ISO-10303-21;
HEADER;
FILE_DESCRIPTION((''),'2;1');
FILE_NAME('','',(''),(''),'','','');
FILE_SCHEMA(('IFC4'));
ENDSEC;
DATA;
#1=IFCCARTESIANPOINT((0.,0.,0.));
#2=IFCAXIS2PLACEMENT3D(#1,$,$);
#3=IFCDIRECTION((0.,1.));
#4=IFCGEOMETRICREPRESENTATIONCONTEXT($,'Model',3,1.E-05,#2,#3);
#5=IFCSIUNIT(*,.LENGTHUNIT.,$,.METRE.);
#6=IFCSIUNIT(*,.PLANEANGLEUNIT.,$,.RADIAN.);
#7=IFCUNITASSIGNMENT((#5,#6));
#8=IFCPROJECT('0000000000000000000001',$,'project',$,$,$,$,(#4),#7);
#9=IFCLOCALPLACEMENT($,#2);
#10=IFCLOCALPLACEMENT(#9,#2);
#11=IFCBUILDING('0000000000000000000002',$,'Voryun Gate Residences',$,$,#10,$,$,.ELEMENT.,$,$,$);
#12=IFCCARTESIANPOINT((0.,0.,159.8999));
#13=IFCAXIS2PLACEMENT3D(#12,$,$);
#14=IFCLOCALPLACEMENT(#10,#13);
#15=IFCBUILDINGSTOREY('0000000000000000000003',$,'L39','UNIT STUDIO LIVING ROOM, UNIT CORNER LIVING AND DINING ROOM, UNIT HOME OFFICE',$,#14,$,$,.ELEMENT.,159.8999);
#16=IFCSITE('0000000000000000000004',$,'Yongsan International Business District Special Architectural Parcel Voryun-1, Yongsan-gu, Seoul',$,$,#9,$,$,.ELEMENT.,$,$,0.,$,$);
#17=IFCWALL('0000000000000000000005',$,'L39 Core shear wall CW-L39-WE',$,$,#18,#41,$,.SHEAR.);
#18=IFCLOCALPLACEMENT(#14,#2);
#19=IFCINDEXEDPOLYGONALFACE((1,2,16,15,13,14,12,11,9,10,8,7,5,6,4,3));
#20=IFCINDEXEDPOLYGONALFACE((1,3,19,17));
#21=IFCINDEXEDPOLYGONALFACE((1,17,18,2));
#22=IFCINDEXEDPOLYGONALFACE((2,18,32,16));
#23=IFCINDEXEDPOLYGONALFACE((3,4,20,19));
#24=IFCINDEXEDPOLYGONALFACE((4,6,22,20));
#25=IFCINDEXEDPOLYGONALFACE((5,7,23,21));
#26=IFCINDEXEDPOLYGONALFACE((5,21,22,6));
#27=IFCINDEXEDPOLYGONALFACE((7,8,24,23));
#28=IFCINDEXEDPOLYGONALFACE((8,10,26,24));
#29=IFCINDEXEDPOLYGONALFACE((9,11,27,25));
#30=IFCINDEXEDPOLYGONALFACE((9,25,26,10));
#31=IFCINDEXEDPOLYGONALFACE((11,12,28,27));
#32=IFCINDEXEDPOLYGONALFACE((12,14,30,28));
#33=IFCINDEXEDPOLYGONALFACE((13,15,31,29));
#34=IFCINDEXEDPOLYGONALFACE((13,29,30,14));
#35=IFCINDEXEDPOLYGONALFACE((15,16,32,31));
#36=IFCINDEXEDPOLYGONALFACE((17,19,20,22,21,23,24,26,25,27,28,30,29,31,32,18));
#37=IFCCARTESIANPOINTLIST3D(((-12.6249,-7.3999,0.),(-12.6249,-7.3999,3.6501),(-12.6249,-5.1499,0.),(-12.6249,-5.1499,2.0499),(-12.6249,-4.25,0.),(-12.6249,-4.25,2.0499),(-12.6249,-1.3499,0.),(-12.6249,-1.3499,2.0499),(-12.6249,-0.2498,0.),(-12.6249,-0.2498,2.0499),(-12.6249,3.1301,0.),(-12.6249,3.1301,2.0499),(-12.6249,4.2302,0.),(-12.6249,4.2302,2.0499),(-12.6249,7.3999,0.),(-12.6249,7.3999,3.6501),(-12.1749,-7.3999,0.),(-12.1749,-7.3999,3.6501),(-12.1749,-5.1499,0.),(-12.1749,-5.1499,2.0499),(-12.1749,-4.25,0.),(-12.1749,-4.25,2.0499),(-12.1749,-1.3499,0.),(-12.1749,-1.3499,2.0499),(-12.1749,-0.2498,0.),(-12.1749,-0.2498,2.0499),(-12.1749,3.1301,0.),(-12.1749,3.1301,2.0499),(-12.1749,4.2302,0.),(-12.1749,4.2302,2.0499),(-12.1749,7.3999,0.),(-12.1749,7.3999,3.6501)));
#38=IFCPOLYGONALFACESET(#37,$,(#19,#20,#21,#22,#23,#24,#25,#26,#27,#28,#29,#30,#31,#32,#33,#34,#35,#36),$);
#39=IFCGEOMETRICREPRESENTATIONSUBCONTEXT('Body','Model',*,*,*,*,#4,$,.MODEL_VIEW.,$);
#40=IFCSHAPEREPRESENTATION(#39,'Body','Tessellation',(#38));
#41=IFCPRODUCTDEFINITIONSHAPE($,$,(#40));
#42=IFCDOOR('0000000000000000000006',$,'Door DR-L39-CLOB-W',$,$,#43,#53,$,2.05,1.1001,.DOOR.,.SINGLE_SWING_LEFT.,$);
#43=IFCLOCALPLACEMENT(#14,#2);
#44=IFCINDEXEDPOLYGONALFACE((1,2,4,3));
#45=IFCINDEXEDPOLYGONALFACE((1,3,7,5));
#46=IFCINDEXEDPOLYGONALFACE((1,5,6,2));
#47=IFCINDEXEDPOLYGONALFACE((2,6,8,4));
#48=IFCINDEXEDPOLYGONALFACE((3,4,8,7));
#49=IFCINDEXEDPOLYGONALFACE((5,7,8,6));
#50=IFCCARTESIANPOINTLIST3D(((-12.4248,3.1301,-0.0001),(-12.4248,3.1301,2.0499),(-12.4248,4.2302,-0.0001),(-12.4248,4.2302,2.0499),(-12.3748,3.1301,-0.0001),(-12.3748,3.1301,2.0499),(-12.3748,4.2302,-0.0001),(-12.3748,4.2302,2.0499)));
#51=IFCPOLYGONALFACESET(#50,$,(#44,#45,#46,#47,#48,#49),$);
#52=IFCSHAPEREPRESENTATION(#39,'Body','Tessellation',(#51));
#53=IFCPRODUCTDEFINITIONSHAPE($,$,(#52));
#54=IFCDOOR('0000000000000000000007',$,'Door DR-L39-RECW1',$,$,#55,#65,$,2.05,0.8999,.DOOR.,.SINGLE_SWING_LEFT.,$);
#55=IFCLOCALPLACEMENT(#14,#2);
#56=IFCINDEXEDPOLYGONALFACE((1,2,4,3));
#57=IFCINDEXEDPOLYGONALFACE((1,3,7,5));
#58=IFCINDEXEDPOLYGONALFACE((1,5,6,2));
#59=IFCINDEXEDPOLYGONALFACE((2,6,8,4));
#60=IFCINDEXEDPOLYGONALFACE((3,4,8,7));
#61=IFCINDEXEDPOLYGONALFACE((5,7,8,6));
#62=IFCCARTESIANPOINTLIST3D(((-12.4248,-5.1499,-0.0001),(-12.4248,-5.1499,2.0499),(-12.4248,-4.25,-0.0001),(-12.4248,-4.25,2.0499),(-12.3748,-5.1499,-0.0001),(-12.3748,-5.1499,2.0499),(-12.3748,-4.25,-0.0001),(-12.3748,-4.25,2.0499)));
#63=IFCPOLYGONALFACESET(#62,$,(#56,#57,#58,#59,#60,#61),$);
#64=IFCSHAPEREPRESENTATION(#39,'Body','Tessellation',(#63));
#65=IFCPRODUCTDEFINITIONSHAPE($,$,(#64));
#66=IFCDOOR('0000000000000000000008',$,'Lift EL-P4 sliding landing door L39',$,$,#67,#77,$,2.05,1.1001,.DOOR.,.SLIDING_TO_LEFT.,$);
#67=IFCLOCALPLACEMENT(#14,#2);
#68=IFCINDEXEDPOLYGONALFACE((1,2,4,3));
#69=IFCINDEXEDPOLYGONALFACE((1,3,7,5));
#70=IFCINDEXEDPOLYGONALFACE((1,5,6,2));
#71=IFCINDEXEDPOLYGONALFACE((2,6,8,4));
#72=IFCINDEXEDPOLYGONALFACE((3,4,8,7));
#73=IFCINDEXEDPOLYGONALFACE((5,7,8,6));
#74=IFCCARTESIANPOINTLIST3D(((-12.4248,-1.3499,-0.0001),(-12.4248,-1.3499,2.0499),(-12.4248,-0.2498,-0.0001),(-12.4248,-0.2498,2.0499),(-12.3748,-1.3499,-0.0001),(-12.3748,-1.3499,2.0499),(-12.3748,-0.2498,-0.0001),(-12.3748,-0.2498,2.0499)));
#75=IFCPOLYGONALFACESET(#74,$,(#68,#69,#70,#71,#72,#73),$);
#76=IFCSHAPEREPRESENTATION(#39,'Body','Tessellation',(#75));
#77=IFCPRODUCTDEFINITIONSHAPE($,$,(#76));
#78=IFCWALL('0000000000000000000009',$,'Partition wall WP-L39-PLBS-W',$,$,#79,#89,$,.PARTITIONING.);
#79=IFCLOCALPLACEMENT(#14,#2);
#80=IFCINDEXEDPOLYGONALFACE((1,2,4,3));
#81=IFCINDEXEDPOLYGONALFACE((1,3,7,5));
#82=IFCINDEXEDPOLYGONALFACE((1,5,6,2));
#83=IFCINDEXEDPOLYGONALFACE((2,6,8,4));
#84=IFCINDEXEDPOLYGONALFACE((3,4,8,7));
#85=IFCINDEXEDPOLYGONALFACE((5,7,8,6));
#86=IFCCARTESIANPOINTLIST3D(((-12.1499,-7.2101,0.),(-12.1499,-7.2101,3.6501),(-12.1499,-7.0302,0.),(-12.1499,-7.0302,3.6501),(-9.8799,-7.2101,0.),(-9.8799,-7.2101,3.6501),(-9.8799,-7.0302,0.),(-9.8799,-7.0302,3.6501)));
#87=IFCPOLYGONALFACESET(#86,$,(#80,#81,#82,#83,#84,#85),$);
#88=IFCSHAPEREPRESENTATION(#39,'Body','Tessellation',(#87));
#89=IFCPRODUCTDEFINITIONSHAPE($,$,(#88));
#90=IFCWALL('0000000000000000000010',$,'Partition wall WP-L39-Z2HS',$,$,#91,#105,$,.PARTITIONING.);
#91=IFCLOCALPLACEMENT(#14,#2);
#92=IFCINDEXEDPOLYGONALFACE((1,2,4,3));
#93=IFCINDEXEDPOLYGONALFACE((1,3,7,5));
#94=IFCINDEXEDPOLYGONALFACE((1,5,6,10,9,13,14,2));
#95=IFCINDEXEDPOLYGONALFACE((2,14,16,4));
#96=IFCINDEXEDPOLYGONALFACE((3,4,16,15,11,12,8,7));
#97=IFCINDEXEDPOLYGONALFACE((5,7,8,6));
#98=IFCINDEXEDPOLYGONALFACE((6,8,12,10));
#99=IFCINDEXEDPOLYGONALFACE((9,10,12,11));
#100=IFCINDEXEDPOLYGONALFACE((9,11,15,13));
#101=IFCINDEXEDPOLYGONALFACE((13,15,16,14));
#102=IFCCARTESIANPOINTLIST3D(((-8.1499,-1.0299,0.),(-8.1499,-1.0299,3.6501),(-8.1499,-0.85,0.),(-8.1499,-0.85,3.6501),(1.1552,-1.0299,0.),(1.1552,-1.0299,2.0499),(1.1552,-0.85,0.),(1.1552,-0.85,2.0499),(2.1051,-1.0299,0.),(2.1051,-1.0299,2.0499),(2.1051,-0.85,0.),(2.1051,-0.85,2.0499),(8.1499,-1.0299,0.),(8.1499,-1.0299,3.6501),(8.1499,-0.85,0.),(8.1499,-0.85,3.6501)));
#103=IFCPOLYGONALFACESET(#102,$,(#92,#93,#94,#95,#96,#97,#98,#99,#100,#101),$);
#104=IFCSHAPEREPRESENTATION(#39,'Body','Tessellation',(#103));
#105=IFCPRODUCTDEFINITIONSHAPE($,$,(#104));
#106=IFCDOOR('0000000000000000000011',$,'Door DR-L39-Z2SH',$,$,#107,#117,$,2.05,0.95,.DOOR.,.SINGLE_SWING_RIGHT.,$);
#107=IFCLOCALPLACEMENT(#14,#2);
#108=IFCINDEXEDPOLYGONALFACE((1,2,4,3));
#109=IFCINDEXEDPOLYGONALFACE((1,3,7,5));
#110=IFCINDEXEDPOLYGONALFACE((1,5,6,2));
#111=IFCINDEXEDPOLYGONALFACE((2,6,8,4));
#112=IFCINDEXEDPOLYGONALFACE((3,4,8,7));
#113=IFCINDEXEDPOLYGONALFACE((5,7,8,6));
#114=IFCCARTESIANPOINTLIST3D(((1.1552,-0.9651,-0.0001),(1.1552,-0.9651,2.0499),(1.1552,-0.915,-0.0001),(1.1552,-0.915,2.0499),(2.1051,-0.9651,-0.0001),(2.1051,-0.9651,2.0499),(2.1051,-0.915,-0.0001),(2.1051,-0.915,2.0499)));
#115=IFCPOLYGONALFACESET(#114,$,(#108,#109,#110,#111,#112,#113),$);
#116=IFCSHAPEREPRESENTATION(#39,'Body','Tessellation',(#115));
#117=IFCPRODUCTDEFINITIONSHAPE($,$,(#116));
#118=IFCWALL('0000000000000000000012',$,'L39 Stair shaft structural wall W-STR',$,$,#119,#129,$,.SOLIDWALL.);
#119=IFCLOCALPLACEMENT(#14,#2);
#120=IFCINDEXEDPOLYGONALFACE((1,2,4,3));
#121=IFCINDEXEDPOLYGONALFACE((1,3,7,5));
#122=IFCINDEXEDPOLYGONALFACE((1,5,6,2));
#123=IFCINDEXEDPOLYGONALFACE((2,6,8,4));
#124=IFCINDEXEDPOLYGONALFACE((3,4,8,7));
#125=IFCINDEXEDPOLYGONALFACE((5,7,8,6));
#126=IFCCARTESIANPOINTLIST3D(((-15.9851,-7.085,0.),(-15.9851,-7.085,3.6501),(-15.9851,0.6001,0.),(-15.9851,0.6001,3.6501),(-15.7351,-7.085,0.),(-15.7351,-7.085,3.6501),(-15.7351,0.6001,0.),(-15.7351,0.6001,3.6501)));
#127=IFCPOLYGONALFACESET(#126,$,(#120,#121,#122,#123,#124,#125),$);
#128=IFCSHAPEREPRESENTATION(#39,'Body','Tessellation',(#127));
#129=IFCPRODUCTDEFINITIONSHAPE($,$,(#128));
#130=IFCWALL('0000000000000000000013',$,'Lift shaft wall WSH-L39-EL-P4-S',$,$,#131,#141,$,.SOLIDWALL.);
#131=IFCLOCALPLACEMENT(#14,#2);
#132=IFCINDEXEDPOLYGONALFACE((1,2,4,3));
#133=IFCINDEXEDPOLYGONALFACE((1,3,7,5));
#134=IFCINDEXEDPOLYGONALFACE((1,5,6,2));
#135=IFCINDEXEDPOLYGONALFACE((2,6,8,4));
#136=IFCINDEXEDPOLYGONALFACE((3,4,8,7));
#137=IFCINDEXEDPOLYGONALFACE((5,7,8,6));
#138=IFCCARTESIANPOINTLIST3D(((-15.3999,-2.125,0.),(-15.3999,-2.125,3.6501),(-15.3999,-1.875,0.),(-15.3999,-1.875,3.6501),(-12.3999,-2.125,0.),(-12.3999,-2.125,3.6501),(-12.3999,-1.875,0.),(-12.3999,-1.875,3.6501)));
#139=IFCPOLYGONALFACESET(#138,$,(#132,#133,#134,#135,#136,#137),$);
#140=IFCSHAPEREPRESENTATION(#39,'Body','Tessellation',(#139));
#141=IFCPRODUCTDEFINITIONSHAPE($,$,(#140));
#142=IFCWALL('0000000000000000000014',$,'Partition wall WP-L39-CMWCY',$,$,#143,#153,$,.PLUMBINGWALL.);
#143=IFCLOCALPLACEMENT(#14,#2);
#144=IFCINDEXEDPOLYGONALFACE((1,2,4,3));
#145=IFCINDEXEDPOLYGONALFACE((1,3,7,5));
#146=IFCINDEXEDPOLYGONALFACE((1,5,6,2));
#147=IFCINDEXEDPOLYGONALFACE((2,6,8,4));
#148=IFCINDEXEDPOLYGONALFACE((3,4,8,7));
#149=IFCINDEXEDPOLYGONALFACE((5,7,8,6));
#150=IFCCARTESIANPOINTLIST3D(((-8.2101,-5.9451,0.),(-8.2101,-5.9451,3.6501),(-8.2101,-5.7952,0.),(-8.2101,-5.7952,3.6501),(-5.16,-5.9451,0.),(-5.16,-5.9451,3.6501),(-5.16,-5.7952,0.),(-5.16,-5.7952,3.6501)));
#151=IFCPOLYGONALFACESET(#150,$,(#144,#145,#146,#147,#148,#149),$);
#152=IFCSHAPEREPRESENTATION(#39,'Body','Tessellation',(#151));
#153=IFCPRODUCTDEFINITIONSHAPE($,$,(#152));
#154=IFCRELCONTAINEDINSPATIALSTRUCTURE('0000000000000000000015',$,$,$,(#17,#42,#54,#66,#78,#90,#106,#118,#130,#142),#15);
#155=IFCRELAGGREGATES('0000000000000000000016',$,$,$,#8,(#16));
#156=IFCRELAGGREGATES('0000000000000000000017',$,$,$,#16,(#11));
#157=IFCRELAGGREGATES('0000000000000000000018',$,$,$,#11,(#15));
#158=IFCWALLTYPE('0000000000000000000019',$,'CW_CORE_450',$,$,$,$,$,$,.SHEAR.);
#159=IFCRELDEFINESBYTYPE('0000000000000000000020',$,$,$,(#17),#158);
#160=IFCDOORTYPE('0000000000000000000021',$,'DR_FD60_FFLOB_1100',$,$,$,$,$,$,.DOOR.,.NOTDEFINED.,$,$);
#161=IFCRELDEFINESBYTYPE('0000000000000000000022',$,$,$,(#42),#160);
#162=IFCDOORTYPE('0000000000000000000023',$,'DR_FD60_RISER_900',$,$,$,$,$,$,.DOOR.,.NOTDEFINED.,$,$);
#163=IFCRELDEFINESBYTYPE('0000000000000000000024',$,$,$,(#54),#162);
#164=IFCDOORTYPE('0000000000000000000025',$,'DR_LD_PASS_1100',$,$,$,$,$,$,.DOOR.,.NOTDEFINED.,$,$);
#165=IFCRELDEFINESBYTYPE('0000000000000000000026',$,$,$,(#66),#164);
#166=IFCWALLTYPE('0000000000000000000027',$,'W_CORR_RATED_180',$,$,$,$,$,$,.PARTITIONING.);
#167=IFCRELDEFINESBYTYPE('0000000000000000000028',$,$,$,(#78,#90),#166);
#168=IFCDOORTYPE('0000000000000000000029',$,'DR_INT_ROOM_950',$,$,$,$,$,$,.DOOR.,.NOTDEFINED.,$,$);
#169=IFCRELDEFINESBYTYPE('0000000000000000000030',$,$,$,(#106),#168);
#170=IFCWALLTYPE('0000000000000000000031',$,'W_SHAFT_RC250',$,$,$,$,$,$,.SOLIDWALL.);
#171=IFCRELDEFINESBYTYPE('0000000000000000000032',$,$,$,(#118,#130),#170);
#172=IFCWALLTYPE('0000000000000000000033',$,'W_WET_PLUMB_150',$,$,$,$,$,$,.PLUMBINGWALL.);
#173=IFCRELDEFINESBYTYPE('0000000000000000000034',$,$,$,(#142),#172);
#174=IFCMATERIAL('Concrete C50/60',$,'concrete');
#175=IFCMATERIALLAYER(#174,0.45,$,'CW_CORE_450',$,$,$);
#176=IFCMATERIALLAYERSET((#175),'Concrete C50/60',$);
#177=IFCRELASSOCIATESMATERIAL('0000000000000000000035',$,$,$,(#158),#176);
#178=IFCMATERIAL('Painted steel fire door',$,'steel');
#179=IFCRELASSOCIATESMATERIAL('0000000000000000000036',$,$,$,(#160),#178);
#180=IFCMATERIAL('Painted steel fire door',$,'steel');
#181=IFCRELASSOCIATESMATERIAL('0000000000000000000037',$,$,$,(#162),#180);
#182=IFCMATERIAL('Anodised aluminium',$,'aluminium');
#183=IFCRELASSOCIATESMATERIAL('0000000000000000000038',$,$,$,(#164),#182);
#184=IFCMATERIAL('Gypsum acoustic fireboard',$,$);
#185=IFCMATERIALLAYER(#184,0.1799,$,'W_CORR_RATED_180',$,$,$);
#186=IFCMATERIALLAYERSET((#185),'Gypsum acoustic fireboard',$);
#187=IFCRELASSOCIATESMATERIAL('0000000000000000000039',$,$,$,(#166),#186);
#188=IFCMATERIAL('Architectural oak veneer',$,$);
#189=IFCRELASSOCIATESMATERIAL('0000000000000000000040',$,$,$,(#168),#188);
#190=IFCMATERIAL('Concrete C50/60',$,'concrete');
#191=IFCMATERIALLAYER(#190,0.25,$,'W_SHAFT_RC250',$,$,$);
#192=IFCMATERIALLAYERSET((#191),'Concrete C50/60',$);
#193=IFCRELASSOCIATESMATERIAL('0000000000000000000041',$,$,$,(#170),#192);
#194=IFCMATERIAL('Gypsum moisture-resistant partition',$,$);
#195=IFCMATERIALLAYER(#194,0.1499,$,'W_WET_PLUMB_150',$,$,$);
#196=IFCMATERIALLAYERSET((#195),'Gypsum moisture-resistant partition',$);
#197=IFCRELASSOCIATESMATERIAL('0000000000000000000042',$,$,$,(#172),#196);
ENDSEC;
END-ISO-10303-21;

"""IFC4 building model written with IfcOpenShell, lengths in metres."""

from ifc_helpers import new_model, si_unit, direction, frame, frame_2d, origin, place, context, subcontext, project, spatial, rectangle, extrude, material, layer, layer_set, type_object, element, fill, save


model = new_model("IFC4")

# Units and contexts
model_context = context("Model", 3, precision=1e-05, world=origin(), true_north=direction((0.0, 1.0)))
body_context = subcontext(model_context, "Body", "Model", "MODEL_VIEW")
ifc_project = project(units=[si_unit("LENGTHUNIT", "METRE"), si_unit("PLANEANGLEUNIT", "RADIAN")], contexts=[model_context])

# Site, building, storey
site_placement = place(None, origin())
site = spatial("IfcSite", under=ifc_project, at=site_placement, Name="Yongsan International Business District Special Architectural Parcel Voryun-1, Yongsan-gu, Seoul", CompositionType="ELEMENT", RefElevation=0.0)
building_placement = place(site_placement, origin())
building = spatial("IfcBuilding", under=site, at=building_placement, Name="Voryun Gate Residences", CompositionType="ELEMENT")
storey_placement = place(building_placement, frame((0.0, 0.0, 159.8999)))
storey = spatial("IfcBuildingStorey", under=building, at=storey_placement, Name="L39", Description="UNIT STUDIO LIVING ROOM, UNIT CORNER LIVING AND DINING ROOM, UNIT HOME OFFICE", CompositionType="ELEMENT", Elevation=159.8999)

# Wall, openings, doors
ifc_material_1 = material(Name="Concrete C50/60", Category="concrete")
ifc_layer_1 = layer(ifc_material_1, 0.45, Name="CW_CORE_450")
ifc_layer_set_1 = layer_set([ifc_layer_1], Name="Concrete C50/60")
wall_type_1 = type_object("IfcWallType", Name="CW_CORE_450", PredefinedType="SHEAR", material=ifc_layer_set_1)
wall_1_placement = place(storey_placement, frame((-12.3999, -7.3999, 0.0), z_axis=(0.0, 0.0, 1.0), x_axis=(0.0, 1.0, 0.0)))
wall_1 = element("IfcWall", 1, at=wall_1_placement, inside=storey, type_object=wall_type_1, Name="L39 Core shear wall CW-L39-WE", PredefinedType="SHEAR", context=body_context, shape_type="SweptSolid", body=[
    extrude(rectangle(XDim=14.7998, YDim=0.45, at=frame_2d((7.3999, 0.0))), origin(), (0.0, 0.0, 1.0), 3.6501),
])
opening_1_placement = place(wall_1_placement, frame((6.05, 0.0, 0.0)))
opening_1 = element("IfcOpeningElement", 2, at=opening_1_placement, cuts=wall_1, PredefinedType="OPENING", context=body_context, shape_type="SweptSolid", body=[
    extrude(rectangle(XDim=1.1001, YDim=2.05, at=frame_2d((0.55, 1.0249))), frame((0.0, 0.2351, 0.0), z_axis=(0.0, -1.0, 0.0), x_axis=(1.0, 0.0, 0.0)), (0.0, 0.0, 1.0), 0.47),
])
opening_2_placement = place(wall_1_placement, frame((10.53, 0.0, 0.0)))
opening_2 = element("IfcOpeningElement", 3, at=opening_2_placement, cuts=wall_1, PredefinedType="OPENING", context=body_context, shape_type="SweptSolid", body=[
    extrude(rectangle(XDim=1.1001, YDim=2.05, at=frame_2d((0.55, 1.0249))), frame((0.0, 0.2351, 0.0), z_axis=(0.0, -1.0, 0.0), x_axis=(1.0, 0.0, 0.0)), (0.0, 0.0, 1.0), 0.47),
])
opening_3_placement = place(wall_1_placement, frame((2.25, 0.0, 0.0)))
opening_3 = element("IfcOpeningElement", 4, at=opening_3_placement, cuts=wall_1, PredefinedType="OPENING", context=body_context, shape_type="SweptSolid", body=[
    extrude(rectangle(XDim=0.8999, YDim=2.05, at=frame_2d((0.45, 1.0249))), frame((0.0, 0.2351, 0.0), z_axis=(0.0, -1.0, 0.0), x_axis=(1.0, 0.0, 0.0)), (0.0, 0.0, 1.0), 0.47),
])
ifc_material_2 = material(Name="Painted steel fire door", Category="steel")
door_type_1 = type_object("IfcDoorType", Name="DR_FD60_FFLOB_1100", OperationType="NOTDEFINED", PredefinedType="DOOR", material=ifc_material_2)
door_1_placement = place(opening_2_placement, origin())
door_1 = element("IfcDoor", 5, at=door_1_placement, inside=storey, type_object=door_type_1, Name="Door DR-L39-CLOB-W", OperationType="SINGLE_SWING_LEFT", OverallHeight=2.05, OverallWidth=1.1001, PredefinedType="DOOR", context=body_context, shape_type="SweptSolid", body=[
    extrude(rectangle(XDim=1.1001, YDim=2.05, at=frame_2d((0.55, 1.0249))), frame((0.0, 0.0249, 0.0), z_axis=(0.0, -1.0, 0.0), x_axis=(1.0, 0.0, 0.0)), (0.0, 0.0, 1.0), 0.05),
])
fill(opening_2, door_1)
ifc_material_3 = material(Name="Painted steel fire door", Category="steel")
door_type_2 = type_object("IfcDoorType", Name="DR_FD60_RISER_900", OperationType="NOTDEFINED", PredefinedType="DOOR", material=ifc_material_3)
door_2_placement = place(opening_3_placement, origin())
door_2 = element("IfcDoor", 6, at=door_2_placement, inside=storey, type_object=door_type_2, Name="Door DR-L39-RECW1", OperationType="SINGLE_SWING_LEFT", OverallHeight=2.05, OverallWidth=0.8999, PredefinedType="DOOR", context=body_context, shape_type="SweptSolid", body=[
    extrude(rectangle(XDim=0.8999, YDim=2.05, at=frame_2d((0.45, 1.0249))), frame((0.0, 0.0249, 0.0), z_axis=(0.0, -1.0, 0.0), x_axis=(1.0, 0.0, 0.0)), (0.0, 0.0, 1.0), 0.05),
])
fill(opening_3, door_2)
ifc_material_4 = material(Name="Anodised aluminium", Category="aluminium")
door_type_3 = type_object("IfcDoorType", Name="DR_LD_PASS_1100", OperationType="NOTDEFINED", PredefinedType="DOOR", material=ifc_material_4)
door_3_placement = place(opening_1_placement, origin())
door_3 = element("IfcDoor", 7, at=door_3_placement, inside=storey, type_object=door_type_3, Name="Lift EL-P4 sliding landing door L39", OperationType="SLIDING_TO_LEFT", OverallHeight=2.05, OverallWidth=1.1001, PredefinedType="DOOR", context=body_context, shape_type="SweptSolid", body=[
    extrude(rectangle(XDim=1.1001, YDim=2.05, at=frame_2d((0.55, 1.0249))), frame((0.0, 0.0249, 0.0), z_axis=(0.0, -1.0, 0.0), x_axis=(1.0, 0.0, 0.0)), (0.0, 0.0, 1.0), 0.05),
])
fill(opening_1, door_3)

# Wall
ifc_material_5 = material(Name="Gypsum acoustic fireboard")
ifc_layer_2 = layer(ifc_material_5, 0.1799, Name="W_CORR_RATED_180")
ifc_layer_set_2 = layer_set([ifc_layer_2], Name="Gypsum acoustic fireboard")
wall_type_2 = type_object("IfcWallType", Name="W_CORR_RATED_180", PredefinedType="PARTITIONING", material=ifc_layer_set_2)
wall_2_placement = place(storey_placement, frame((-12.1499, -7.1201, 0.0), z_axis=(0.0, 0.0, 1.0), x_axis=(1.0, 0.0, 0.0)))
element("IfcWall", 8, at=wall_2_placement, inside=storey, type_object=wall_type_2, Name="Partition wall WP-L39-PLBS-W", PredefinedType="PARTITIONING", context=body_context, shape_type="SweptSolid", body=[
    extrude(rectangle(XDim=2.27, YDim=0.1799, at=frame_2d((1.135, 0.0))), origin(), (0.0, 0.0, 1.0), 3.6501),
])

# Wall, opening, door
wall_3_placement = place(storey_placement, frame((-8.1499, -0.9399, 0.0), z_axis=(0.0, 0.0, 1.0), x_axis=(1.0, 0.0, 0.0)))
wall_3 = element("IfcWall", 9, at=wall_3_placement, inside=storey, type_object=wall_type_2, Name="Partition wall WP-L39-Z2HS", PredefinedType="PARTITIONING", context=body_context, shape_type="SweptSolid", body=[
    extrude(rectangle(XDim=16.2998, YDim=0.1799, at=frame_2d((8.1499, 0.0))), origin(), (0.0, 0.0, 1.0), 3.6501),
])
opening_4_placement = place(wall_3_placement, frame((9.3049, 0.0, 0.0)))
opening_4 = element("IfcOpeningElement", 10, at=opening_4_placement, cuts=wall_3, PredefinedType="OPENING", context=body_context, shape_type="SweptSolid", body=[
    extrude(rectangle(XDim=0.95, YDim=2.05, at=frame_2d((0.4751, 1.0249))), frame((0.0, 0.0999, 0.0), z_axis=(0.0, -1.0, 0.0), x_axis=(1.0, 0.0, 0.0)), (0.0, 0.0, 1.0), 0.2),
])
ifc_material_6 = material(Name="Architectural oak veneer")
door_type_4 = type_object("IfcDoorType", Name="DR_INT_ROOM_950", OperationType="NOTDEFINED", PredefinedType="DOOR", material=ifc_material_6)
door_4_placement = place(opening_4_placement, origin())
door_4 = element("IfcDoor", 11, at=door_4_placement, inside=storey, type_object=door_type_4, Name="Door DR-L39-Z2SH", OperationType="SINGLE_SWING_RIGHT", OverallHeight=2.05, OverallWidth=0.95, PredefinedType="DOOR", context=body_context, shape_type="SweptSolid", body=[
    extrude(rectangle(XDim=0.95, YDim=2.05, at=frame_2d((0.4751, 1.0249))), frame((0.0, 0.0249, 0.0), z_axis=(0.0, -1.0, 0.0), x_axis=(1.0, 0.0, 0.0)), (0.0, 0.0, 1.0), 0.05),
])
fill(opening_4, door_4)

# Walls
ifc_material_7 = material(Name="Concrete C50/60", Category="concrete")
ifc_layer_3 = layer(ifc_material_7, 0.25, Name="W_SHAFT_RC250")
ifc_layer_set_3 = layer_set([ifc_layer_3], Name="Concrete C50/60")
wall_type_3 = type_object("IfcWallType", Name="W_SHAFT_RC250", PredefinedType="SOLIDWALL", material=ifc_layer_set_3)
wall_4_placement = place(storey_placement, frame((-15.8601, -7.085, 0.0), z_axis=(0.0, 0.0, 1.0), x_axis=(0.0, 1.0, 0.0)))
element("IfcWall", 12, at=wall_4_placement, inside=storey, type_object=wall_type_3, Name="L39 Stair shaft structural wall W-STR", PredefinedType="SOLIDWALL", context=body_context, shape_type="SweptSolid", body=[
    extrude(rectangle(XDim=7.6851, YDim=0.25, at=frame_2d((3.8425, 0.0))), origin(), (0.0, 0.0, 1.0), 3.6501),
])
wall_5_placement = place(storey_placement, frame((-15.3999, -2.0, 0.0), z_axis=(0.0, 0.0, 1.0), x_axis=(1.0, 0.0, 0.0)))
element("IfcWall", 13, at=wall_5_placement, inside=storey, type_object=wall_type_3, Name="Lift shaft wall WSH-L39-EL-P4-S", PredefinedType="SOLIDWALL", context=body_context, shape_type="SweptSolid", body=[
    extrude(rectangle(XDim=3.0, YDim=0.25, at=frame_2d((1.5, 0.0))), origin(), (0.0, 0.0, 1.0), 3.6501),
])
ifc_material_8 = material(Name="Gypsum moisture-resistant partition")
ifc_layer_4 = layer(ifc_material_8, 0.1499, Name="W_WET_PLUMB_150")
ifc_layer_set_4 = layer_set([ifc_layer_4], Name="Gypsum moisture-resistant partition")
wall_type_4 = type_object("IfcWallType", Name="W_WET_PLUMB_150", PredefinedType="PLUMBINGWALL", material=ifc_layer_set_4)
wall_6_placement = place(storey_placement, frame((-8.21, -5.8701, 0.0), z_axis=(0.0, 0.0, 1.0), x_axis=(1.0, 0.0, 0.0)))
element("IfcWall", 14, at=wall_6_placement, inside=storey, type_object=wall_type_4, Name="Partition wall WP-L39-CMWCY", PredefinedType="PLUMBINGWALL", context=body_context, shape_type="SweptSolid", body=[
    extrude(rectangle(XDim=3.05, YDim=0.1499, at=frame_2d((1.5249, 0.0))), origin(), (0.0, 0.0, 1.0), 3.6501),
])

save(model, "model.ifc")
